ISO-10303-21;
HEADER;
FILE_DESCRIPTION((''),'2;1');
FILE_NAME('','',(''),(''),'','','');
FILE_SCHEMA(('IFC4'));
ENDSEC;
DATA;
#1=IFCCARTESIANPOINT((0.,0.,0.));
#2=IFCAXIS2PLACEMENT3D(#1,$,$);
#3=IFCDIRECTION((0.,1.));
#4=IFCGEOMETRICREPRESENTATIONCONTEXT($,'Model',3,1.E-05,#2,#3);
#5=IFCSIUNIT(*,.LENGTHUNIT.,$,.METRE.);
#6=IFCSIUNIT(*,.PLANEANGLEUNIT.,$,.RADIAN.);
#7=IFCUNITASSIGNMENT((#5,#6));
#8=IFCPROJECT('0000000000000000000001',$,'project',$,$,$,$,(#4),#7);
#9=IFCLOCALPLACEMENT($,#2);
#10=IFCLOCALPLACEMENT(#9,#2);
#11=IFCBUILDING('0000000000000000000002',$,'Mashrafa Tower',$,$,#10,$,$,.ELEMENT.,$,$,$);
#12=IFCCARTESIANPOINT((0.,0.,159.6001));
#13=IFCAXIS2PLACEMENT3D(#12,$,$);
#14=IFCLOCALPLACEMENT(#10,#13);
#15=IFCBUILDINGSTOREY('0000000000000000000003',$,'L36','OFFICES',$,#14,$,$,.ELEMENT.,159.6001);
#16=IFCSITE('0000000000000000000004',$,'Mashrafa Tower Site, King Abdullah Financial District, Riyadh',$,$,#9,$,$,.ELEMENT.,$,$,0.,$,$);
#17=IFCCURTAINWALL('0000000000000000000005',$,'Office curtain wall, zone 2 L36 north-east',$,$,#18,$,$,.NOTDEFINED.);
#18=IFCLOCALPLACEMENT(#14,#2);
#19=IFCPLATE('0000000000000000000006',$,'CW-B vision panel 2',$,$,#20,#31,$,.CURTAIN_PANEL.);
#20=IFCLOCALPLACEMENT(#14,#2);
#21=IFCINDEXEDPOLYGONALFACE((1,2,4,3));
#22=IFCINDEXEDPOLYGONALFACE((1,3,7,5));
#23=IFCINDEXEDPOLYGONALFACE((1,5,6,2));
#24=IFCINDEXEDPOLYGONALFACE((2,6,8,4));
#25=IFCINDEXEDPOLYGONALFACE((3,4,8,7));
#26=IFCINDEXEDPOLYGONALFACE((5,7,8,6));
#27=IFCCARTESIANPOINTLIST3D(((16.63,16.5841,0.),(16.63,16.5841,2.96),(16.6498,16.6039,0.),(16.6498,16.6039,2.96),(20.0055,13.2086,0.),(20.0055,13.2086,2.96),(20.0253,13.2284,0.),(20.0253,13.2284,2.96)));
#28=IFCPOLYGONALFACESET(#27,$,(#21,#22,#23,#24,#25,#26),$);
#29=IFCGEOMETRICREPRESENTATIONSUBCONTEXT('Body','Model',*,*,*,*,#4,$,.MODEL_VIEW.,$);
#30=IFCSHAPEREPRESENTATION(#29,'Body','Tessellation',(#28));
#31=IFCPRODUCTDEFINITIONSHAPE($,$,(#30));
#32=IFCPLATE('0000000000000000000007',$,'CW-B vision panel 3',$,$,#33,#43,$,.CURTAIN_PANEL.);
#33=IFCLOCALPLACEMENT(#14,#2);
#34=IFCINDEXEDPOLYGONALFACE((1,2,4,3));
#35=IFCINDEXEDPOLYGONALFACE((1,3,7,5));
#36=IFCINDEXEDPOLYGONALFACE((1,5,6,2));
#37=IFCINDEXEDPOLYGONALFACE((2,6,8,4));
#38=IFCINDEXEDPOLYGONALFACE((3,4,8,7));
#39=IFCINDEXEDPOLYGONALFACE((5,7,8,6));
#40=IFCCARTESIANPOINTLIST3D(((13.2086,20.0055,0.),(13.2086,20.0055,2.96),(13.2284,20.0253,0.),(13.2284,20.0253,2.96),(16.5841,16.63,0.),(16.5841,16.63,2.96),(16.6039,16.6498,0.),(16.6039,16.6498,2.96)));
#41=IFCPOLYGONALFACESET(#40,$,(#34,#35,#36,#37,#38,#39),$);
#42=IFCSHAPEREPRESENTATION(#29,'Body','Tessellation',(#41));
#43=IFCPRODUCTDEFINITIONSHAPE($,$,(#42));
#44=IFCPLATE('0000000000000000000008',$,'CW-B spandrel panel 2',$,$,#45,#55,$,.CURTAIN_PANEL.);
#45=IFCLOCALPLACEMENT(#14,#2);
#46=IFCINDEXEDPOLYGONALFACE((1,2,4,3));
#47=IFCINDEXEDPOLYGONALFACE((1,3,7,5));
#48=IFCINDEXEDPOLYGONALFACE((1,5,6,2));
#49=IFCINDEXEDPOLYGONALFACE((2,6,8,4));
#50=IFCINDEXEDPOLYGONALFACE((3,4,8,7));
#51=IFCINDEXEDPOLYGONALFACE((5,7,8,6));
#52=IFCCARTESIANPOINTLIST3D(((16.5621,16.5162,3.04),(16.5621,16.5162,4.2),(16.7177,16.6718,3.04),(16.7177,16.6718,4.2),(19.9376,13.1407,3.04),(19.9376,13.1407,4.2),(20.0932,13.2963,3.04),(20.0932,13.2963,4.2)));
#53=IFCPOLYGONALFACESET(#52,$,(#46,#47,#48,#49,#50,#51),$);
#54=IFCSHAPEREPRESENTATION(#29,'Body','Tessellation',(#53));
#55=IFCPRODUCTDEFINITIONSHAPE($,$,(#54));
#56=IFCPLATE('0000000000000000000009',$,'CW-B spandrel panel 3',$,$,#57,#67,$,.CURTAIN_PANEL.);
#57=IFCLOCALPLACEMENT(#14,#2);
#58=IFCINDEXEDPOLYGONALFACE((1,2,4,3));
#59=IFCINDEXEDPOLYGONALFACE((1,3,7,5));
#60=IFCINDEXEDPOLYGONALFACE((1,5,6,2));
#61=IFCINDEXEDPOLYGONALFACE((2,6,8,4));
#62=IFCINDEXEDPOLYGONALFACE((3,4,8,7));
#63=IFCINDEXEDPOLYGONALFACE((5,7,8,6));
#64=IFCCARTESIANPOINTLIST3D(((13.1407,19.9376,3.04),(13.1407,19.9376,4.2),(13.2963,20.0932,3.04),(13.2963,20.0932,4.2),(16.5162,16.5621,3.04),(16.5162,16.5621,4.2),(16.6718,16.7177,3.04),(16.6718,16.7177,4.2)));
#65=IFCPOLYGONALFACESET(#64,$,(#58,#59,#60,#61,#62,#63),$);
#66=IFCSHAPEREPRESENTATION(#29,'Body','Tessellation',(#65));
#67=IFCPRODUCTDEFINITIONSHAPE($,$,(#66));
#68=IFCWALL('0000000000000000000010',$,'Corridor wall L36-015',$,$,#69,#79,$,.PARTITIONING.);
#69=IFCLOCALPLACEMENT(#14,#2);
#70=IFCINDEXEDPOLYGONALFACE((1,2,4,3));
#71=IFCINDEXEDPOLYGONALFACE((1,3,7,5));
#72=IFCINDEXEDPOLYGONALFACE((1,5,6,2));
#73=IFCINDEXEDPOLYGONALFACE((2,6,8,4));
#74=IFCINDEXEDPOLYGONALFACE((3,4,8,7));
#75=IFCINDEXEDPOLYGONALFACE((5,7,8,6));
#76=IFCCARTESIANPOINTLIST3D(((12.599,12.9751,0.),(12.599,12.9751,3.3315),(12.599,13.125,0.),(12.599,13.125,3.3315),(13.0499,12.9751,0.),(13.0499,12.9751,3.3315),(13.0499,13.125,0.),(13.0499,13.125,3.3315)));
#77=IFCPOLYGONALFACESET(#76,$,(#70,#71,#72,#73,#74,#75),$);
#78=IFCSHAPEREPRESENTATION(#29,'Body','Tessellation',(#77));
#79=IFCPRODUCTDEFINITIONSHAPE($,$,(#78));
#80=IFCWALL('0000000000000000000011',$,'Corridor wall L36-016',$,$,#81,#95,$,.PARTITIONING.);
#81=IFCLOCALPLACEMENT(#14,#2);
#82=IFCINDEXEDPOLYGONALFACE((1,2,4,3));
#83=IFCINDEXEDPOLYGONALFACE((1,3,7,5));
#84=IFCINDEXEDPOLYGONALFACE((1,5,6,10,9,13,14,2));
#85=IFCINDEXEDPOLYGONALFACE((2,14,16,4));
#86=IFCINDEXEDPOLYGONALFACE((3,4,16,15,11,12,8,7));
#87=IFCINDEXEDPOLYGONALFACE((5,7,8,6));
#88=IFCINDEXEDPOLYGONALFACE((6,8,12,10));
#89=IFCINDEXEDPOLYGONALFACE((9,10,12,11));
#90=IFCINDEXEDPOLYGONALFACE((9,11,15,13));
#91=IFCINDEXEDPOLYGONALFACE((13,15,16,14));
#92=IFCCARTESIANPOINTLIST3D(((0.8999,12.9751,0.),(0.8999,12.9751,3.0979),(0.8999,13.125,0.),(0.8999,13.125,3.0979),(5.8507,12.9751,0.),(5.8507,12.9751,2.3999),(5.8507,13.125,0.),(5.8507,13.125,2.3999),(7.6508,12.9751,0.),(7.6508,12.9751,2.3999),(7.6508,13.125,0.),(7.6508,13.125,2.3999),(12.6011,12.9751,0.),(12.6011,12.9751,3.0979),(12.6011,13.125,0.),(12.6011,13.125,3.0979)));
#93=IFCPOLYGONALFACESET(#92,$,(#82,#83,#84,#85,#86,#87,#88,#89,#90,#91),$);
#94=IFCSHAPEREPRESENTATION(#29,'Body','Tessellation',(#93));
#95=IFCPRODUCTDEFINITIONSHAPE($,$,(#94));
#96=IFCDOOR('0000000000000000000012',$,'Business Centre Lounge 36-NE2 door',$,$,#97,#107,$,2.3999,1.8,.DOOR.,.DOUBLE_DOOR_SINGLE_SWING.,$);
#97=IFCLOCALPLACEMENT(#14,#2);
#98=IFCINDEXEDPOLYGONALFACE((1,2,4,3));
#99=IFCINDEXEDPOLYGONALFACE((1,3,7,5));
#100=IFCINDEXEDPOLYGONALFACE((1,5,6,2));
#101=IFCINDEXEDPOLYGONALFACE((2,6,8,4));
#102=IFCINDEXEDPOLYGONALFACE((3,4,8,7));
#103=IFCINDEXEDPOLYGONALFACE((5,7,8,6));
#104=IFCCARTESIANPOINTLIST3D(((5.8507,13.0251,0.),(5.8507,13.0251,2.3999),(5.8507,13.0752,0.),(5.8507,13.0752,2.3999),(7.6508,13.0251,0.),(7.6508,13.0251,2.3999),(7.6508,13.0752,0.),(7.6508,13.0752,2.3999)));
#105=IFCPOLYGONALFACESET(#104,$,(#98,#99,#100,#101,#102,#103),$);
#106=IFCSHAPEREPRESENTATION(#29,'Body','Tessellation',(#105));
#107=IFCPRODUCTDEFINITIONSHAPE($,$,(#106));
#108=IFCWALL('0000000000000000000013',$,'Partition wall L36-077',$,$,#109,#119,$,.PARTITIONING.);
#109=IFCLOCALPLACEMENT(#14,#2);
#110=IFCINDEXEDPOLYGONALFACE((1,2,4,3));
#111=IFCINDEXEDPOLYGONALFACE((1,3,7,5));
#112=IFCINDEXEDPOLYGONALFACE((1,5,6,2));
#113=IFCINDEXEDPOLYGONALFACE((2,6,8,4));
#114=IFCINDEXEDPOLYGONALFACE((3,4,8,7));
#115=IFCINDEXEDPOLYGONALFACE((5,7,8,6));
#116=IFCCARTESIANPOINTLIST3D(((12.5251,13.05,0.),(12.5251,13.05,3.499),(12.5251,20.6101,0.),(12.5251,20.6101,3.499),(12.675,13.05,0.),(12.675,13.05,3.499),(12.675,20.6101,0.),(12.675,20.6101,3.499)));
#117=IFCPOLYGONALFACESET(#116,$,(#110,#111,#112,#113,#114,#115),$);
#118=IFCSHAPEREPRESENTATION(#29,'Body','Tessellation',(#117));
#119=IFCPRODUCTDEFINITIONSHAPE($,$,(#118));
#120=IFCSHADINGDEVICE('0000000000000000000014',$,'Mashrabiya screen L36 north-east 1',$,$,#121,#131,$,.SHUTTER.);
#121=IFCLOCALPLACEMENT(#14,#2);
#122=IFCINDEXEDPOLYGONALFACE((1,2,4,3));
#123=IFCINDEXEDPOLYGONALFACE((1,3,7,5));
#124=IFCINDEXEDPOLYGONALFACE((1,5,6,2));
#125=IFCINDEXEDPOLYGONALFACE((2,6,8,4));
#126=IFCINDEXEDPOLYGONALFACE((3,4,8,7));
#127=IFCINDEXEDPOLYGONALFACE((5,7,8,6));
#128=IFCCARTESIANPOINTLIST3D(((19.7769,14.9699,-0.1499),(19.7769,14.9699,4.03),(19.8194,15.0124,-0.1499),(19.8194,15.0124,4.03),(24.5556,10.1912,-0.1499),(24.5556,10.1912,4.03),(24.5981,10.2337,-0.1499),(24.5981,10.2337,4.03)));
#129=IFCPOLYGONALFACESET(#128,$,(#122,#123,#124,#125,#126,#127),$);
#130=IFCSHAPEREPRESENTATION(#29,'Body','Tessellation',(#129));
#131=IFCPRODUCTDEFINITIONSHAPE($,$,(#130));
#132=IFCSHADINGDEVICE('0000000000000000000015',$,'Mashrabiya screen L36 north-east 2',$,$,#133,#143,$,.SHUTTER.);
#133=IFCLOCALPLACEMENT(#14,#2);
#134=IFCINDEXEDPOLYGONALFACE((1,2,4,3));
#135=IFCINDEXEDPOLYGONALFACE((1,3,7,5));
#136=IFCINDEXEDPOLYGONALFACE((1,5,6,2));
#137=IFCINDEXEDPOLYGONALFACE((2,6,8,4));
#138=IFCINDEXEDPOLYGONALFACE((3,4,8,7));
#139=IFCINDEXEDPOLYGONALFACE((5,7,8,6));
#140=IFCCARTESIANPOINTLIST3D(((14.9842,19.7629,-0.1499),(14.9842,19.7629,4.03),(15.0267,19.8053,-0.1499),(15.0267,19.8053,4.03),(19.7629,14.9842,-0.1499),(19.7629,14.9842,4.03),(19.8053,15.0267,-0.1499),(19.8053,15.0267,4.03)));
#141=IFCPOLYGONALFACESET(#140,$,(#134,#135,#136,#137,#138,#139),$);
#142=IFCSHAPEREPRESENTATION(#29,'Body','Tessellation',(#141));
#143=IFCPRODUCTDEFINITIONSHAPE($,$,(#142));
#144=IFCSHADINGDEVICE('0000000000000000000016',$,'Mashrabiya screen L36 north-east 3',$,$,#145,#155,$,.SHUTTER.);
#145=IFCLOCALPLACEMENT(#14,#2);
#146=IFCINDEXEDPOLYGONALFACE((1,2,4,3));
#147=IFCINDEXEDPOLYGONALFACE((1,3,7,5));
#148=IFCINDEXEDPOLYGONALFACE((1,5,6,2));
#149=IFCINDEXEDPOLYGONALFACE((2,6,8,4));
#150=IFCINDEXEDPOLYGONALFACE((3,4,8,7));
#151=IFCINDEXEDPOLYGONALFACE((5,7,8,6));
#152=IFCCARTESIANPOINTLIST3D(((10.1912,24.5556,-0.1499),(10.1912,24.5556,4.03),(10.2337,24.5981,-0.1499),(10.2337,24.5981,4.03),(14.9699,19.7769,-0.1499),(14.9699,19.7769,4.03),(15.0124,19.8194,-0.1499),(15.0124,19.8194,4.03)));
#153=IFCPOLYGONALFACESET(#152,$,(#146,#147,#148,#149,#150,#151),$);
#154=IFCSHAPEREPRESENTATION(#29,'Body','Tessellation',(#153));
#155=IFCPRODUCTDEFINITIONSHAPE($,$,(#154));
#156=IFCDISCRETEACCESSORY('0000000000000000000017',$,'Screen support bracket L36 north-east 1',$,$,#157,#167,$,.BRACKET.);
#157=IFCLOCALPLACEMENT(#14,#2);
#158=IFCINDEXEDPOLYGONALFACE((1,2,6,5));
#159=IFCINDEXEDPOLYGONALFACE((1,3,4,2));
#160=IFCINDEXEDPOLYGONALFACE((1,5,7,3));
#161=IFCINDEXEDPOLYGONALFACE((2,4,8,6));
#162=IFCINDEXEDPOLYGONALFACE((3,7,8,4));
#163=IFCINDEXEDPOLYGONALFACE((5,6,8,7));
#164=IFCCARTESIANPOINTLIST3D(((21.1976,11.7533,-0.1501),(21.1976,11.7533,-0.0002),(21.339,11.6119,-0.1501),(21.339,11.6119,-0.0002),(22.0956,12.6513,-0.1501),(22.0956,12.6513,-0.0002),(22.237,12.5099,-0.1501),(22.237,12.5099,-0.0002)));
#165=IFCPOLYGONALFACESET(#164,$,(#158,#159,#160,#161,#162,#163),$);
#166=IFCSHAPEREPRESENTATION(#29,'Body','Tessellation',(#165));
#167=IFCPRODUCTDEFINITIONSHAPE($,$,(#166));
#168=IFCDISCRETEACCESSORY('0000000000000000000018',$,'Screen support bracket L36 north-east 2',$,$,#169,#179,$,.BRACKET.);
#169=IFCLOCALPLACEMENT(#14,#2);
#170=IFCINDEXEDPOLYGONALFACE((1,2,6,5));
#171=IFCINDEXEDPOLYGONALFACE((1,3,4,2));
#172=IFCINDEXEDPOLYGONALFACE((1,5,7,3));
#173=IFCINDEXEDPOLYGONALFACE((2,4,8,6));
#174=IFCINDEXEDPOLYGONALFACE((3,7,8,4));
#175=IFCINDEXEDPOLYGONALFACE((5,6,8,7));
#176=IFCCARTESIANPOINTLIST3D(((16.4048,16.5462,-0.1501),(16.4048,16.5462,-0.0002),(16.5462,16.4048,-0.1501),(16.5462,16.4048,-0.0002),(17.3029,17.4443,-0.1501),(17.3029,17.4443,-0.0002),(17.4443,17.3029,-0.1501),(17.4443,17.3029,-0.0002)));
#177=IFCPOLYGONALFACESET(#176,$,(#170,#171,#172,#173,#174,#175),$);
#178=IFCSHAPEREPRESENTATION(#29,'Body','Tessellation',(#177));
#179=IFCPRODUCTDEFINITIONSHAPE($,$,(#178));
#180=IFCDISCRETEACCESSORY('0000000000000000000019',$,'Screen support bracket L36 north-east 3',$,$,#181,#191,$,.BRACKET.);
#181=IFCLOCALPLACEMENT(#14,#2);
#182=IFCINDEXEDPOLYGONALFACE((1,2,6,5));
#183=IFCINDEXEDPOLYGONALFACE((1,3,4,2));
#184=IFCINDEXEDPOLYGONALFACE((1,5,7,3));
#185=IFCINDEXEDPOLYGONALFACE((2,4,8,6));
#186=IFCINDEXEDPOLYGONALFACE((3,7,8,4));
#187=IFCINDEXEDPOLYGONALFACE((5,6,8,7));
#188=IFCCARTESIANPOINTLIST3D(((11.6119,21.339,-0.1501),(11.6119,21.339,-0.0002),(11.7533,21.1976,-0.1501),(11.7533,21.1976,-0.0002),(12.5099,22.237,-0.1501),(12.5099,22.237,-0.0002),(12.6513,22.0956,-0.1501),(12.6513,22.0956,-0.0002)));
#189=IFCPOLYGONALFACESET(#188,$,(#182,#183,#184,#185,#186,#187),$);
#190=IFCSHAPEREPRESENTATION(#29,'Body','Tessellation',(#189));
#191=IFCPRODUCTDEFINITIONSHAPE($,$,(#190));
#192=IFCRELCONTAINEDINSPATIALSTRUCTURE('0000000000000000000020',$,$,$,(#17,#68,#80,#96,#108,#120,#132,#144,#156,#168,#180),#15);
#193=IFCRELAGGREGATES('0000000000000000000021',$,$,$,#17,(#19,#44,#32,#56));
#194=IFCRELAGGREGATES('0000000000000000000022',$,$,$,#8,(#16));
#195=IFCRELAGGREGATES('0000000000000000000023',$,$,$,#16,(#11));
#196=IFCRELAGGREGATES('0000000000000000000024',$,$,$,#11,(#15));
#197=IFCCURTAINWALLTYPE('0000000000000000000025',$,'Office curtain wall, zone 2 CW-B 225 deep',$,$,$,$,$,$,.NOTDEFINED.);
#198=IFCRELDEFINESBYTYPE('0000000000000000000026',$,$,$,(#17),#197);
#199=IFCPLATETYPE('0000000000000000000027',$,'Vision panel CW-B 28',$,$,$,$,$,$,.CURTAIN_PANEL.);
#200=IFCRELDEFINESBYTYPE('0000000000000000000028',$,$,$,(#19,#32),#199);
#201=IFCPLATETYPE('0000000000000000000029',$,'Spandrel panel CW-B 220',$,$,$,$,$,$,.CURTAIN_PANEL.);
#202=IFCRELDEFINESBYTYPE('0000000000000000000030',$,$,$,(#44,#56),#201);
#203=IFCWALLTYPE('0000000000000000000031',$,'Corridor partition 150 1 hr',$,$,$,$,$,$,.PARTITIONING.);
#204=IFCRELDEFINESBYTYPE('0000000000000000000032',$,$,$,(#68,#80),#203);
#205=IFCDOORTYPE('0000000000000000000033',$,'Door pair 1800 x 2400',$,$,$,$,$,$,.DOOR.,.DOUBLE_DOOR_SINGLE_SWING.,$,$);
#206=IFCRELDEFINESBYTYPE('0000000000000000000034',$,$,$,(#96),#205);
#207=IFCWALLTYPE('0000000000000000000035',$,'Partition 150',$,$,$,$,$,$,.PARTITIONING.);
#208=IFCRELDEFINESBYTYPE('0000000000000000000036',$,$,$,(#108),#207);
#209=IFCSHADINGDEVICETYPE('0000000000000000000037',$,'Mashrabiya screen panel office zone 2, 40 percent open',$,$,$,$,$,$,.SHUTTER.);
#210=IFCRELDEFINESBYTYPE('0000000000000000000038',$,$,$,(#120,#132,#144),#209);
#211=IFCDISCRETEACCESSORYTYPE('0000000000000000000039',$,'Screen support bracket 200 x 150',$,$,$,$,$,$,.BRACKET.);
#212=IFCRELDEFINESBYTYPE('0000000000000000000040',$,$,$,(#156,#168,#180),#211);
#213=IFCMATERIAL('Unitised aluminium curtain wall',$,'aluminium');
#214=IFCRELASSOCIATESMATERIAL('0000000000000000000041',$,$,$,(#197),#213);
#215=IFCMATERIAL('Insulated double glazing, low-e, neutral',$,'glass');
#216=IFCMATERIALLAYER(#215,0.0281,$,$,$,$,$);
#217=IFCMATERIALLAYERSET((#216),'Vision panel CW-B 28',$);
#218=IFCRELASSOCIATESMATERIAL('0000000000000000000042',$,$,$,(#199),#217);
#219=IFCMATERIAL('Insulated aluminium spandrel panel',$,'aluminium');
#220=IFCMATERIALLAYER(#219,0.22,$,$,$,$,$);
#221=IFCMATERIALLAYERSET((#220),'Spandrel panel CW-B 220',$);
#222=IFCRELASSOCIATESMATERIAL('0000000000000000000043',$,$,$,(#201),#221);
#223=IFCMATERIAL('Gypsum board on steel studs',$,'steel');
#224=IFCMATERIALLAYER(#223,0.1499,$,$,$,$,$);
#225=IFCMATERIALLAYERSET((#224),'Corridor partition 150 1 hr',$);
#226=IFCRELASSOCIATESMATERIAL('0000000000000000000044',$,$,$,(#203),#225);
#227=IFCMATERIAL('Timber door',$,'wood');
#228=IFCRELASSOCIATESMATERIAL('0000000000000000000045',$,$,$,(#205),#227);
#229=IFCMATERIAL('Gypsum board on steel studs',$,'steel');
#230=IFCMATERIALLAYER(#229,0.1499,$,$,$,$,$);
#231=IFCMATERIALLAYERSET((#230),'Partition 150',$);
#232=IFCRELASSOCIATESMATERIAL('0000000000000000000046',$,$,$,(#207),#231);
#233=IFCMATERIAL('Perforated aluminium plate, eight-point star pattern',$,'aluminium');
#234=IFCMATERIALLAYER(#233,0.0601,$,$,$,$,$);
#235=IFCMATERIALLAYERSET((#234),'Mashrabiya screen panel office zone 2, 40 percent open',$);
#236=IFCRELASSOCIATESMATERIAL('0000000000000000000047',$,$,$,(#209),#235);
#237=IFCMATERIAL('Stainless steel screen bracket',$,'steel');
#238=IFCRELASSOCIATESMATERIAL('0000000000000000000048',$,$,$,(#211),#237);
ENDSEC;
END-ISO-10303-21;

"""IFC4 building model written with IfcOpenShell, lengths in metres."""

from ifc_helpers import new_model, si_unit, direction, frame, frame_2d, origin, origin_2d, place, context, subcontext, project, spatial, rectangle, extrude, source, transform, mapped, material, layer, layer_set, type_object, type_shapes, element, fill, aggregate, save


model = new_model("IFC4")

# Units and contexts
model_context = context("Model", 3, precision=1e-05, world=origin(), true_north=direction((0.0, 1.0)))
body_context = subcontext(model_context, "Body", "Model", "MODEL_VIEW")
ifc_project = project(units=[si_unit("LENGTHUNIT", "METRE"), si_unit("PLANEANGLEUNIT", "RADIAN")], contexts=[model_context])

# Site, building, storey
site_placement = place(None, origin())
site = spatial("IfcSite", under=ifc_project, at=site_placement, Name="Mashrafa Tower Site, King Abdullah Financial District, Riyadh", CompositionType="ELEMENT", RefElevation=0.0)
building_placement = place(site_placement, origin())
building = spatial("IfcBuilding", under=site, at=building_placement, Name="Mashrafa Tower", CompositionType="ELEMENT")
storey_placement = place(building_placement, frame((0.0, 0.0, 159.6001)))
storey = spatial("IfcBuildingStorey", under=building, at=storey_placement, Name="L36", Description="OFFICES", CompositionType="ELEMENT", Elevation=159.6001)

# Curtain wall, plates
ifc_material_1 = material(Name="Unitised aluminium curtain wall", Category="aluminium")
curtain_wall_type = type_object("IfcCurtainWallType", Name="Office curtain wall, zone 2 CW-B 225 deep", PredefinedType="NOTDEFINED", material=ifc_material_1)
curtain_wall_placement = place(storey_placement, origin())
curtain_wall = element("IfcCurtainWall", 1, at=curtain_wall_placement, inside=storey, type_object=curtain_wall_type, Name="Office curtain wall, zone 2 L36 north-east", PredefinedType="NOTDEFINED")
ifc_material_2 = material(Name="Insulated double glazing, low-e, neutral", Category="glass")
ifc_layer_1 = layer(ifc_material_2, 0.0281)
ifc_layer_set_1 = layer_set([ifc_layer_1], Name="Vision panel CW-B 28")
plate_type_1 = type_object("IfcPlateType", Name="Vision panel CW-B 28", PredefinedType="CURTAIN_PANEL", material=ifc_layer_set_1)
ifc_material_3 = material(Name="Insulated aluminium spandrel panel", Category="aluminium")
ifc_layer_2 = layer(ifc_material_3, 0.22)
ifc_layer_set_2 = layer_set([ifc_layer_2], Name="Spandrel panel CW-B 220")
plate_type_2 = type_object("IfcPlateType", Name="Spandrel panel CW-B 220", PredefinedType="CURTAIN_PANEL", material=ifc_layer_set_2)
shared_shape_1 = source(origin(), body_context, "Body", "SweptSolid", [
    extrude(rectangle(XDim=4.7737, YDim=0.0281, at=origin_2d()), origin(), (0.0, 0.0, 1.0), 2.96),
])
plate_1_placement = place(storey_placement, frame((18.3276, 14.9062, 0.0), z_axis=(0.0, 0.0, 1.0), x_axis=(-0.707107, 0.707107, 0.0)))
plate_1 = element("IfcPlate", 2, at=plate_1_placement, type_object=plate_type_1, Name="CW-B vision panel 2", PredefinedType="CURTAIN_PANEL", context=body_context, shape_type="MappedRepresentation", body=[
    mapped(shared_shape_1, transform((0.0, 0.0, 0.0))),
])
plate_2_placement = place(storey_placement, frame((14.9062, 18.3276, 0.0), z_axis=(0.0, 0.0, 1.0), x_axis=(-0.707107, 0.707107, 0.0)))
plate_2 = element("IfcPlate", 3, at=plate_2_placement, type_object=plate_type_1, Name="CW-B vision panel 3", PredefinedType="CURTAIN_PANEL", context=body_context, shape_type="MappedRepresentation", body=[
    mapped(shared_shape_1, transform((0.0, 0.0, 0.0))),
])
shared_shape_2 = source(origin(), body_context, "Body", "SweptSolid", [
    extrude(rectangle(XDim=4.7737, YDim=0.22, at=origin_2d()), origin(), (0.0, 0.0, 1.0), 1.1599),
])
plate_3_placement = place(storey_placement, frame((18.3276, 14.9062, 3.04), z_axis=(0.0, 0.0, 1.0), x_axis=(-0.707107, 0.707107, 0.0)))
plate_3 = element("IfcPlate", 4, at=plate_3_placement, type_object=plate_type_2, Name="CW-B spandrel panel 2", PredefinedType="CURTAIN_PANEL", context=body_context, shape_type="MappedRepresentation", body=[
    mapped(shared_shape_2, transform((0.0, 0.0, 0.0))),
])
plate_4_placement = place(storey_placement, frame((14.9062, 18.3276, 3.04), z_axis=(0.0, 0.0, 1.0), x_axis=(-0.707107, 0.707107, 0.0)))
plate_4 = element("IfcPlate", 5, at=plate_4_placement, type_object=plate_type_2, Name="CW-B spandrel panel 3", PredefinedType="CURTAIN_PANEL", context=body_context, shape_type="MappedRepresentation", body=[
    mapped(shared_shape_2, transform((0.0, 0.0, 0.0))),
])
aggregate(curtain_wall, [plate_1, plate_3, plate_2, plate_4])

# Wall
ifc_material_4 = material(Name="Gypsum board on steel studs", Category="steel")
ifc_layer_3 = layer(ifc_material_4, 0.1499)
ifc_layer_set_3 = layer_set([ifc_layer_3], Name="Corridor partition 150 1 hr")
wall_type_1 = type_object("IfcWallType", Name="Corridor partition 150 1 hr", PredefinedType="PARTITIONING", material=ifc_layer_set_3)
wall_1_placement = place(storey_placement, frame((13.05, 13.05, 0.0), z_axis=(0.0, 0.0, 1.0), x_axis=(-1.0, 0.0, 0.0)))
element("IfcWall", 6, at=wall_1_placement, inside=storey, type_object=wall_type_1, Name="Corridor wall L36-015", PredefinedType="PARTITIONING", context=body_context, shape_type="SweptSolid", body=[
    extrude(rectangle(XDim=0.4509, YDim=0.1499, at=frame_2d((0.2256, 0.0))), origin(), (0.0, 0.0, 1.0), 3.3315),
])

# Wall, opening, door
wall_2_placement = place(storey_placement, frame((12.6011, 13.05, 0.0), z_axis=(0.0, 0.0, 1.0), x_axis=(-1.0, 0.0, 0.0)))
wall_2 = element("IfcWall", 7, at=wall_2_placement, inside=storey, type_object=wall_type_1, Name="Corridor wall L36-016", PredefinedType="PARTITIONING", context=body_context, shape_type="SweptSolid", body=[
    extrude(rectangle(XDim=11.7012, YDim=0.1499, at=frame_2d((5.8506, 0.0))), origin(), (0.0, 0.0, 1.0), 3.0979),
])
opening_placement = place(wall_2_placement, frame((4.9504, 0.0, 0.0)))
opening = element("IfcOpeningElement", 8, at=opening_placement, cuts=wall_2, PredefinedType="OPENING", context=body_context, shape_type="SweptSolid", body=[
    extrude(rectangle(XDim=1.8, YDim=2.3999, at=frame_2d((0.8999, 1.2))), frame((0.0, 0.085, 0.0), z_axis=(0.0, -1.0, 0.0), x_axis=(1.0, 0.0, 0.0)), (0.0, 0.0, 1.0), 0.1699),
])
ifc_material_5 = material(Name="Timber door", Category="wood")
door_type = type_object("IfcDoorType", Name="Door pair 1800 x 2400", OperationType="DOUBLE_DOOR_SINGLE_SWING", PredefinedType="DOOR", material=ifc_material_5)
door_placement = place(opening_placement, origin())
door = element("IfcDoor", 9, at=door_placement, inside=storey, type_object=door_type, Name="Business Centre Lounge 36-NE2 door", OperationType="DOUBLE_DOOR_SINGLE_SWING", OverallHeight=2.3999, OverallWidth=1.8, PredefinedType="DOOR", context=body_context, shape_type="SweptSolid", body=[
    extrude(rectangle(XDim=1.8, YDim=2.3999, at=frame_2d((0.8999, 1.2))), frame((0.0, 0.0249, 0.0), z_axis=(0.0, -1.0, 0.0), x_axis=(1.0, 0.0, 0.0)), (0.0, 0.0, 1.0), 0.05),
])
fill(opening, door)

# Wall
ifc_material_6 = material(Name="Gypsum board on steel studs", Category="steel")
ifc_layer_4 = layer(ifc_material_6, 0.1499)
ifc_layer_set_4 = layer_set([ifc_layer_4], Name="Partition 150")
wall_type_2 = type_object("IfcWallType", Name="Partition 150", PredefinedType="PARTITIONING", material=ifc_layer_set_4)
wall_3_placement = place(storey_placement, frame((12.6001, 20.6101, 0.0), z_axis=(0.0, 0.0, 1.0), x_axis=(0.0, -1.0, 0.0)))
element("IfcWall", 10, at=wall_3_placement, inside=storey, type_object=wall_type_2, Name="Partition wall L36-077", PredefinedType="PARTITIONING", context=body_context, shape_type="SweptSolid", body=[
    extrude(rectangle(XDim=7.5601, YDim=0.1499, at=frame_2d((3.78, 0.0))), origin(), (0.0, 0.0, 1.0), 3.499),
])

# Shading devices
ifc_material_7 = material(Name="Perforated aluminium plate, eight-point star pattern", Category="aluminium")
ifc_layer_5 = layer(ifc_material_7, 0.0601)
ifc_layer_set_5 = layer_set([ifc_layer_5], Name="Mashrabiya screen panel office zone 2, 40 percent open")
shading_device_type = type_object("IfcShadingDeviceType", Name="Mashrabiya screen panel office zone 2, 40 percent open", PredefinedType="SHUTTER", material=ifc_layer_set_5)
shared_shape_3 = source(origin(), body_context, "Body", "SweptSolid", [
    extrude(rectangle(XDim=6.7581, YDim=0.0601, at=origin_2d()), origin(), (0.0, 0.0, 1.0), 4.1799),
])
type_shapes(shading_device_type, [shared_shape_3])
for number, where, z_axis, x_axis, name in (
    (11, (22.1875, 12.6018, -0.1499), (0.0, 0.0, 1.0), (-0.707107, 0.707107, 0.0), "Mashrabiya screen L36 north-east 1"),
    (12, (17.3948, 17.3948, -0.1499), (0.0, 0.0, 1.0), (-0.707107, 0.707107, 0.0), "Mashrabiya screen L36 north-east 2"),
    (13, (12.6018, 22.1875, -0.1499), (0.0, 0.0, 1.0), (-0.707107, 0.707107, 0.0), "Mashrabiya screen L36 north-east 3"),
):
    element("IfcShadingDevice", number, at=place(storey_placement, frame(where, z_axis=z_axis, x_axis=x_axis)), inside=storey, type_object=shading_device_type, Name=name, PredefinedType="SHUTTER", context=body_context, shape_type="MappedRepresentation", body=[
        mapped(shared_shape_3, transform((0.0, 0.0, 0.0))),
    ])

# Discrete accessories
ifc_material_8 = material(Name="Stainless steel screen bracket", Category="steel")
discrete_accessory_type = type_object("IfcDiscreteAccessoryType", Name="Screen support bracket 200 x 150", PredefinedType="BRACKET", material=ifc_material_8)
shared_shape_4 = source(origin(), body_context, "Body", "SweptSolid", [
    extrude(rectangle(XDim=0.2, YDim=1.27, at=origin_2d()), origin(), (0.0, 0.0, 1.0), 0.1499),
])
type_shapes(discrete_accessory_type, [shared_shape_4])
for number, where, z_axis, x_axis, name in (
    (14, (21.7173, 12.1316, -0.1501), (0.0, 0.0, 1.0), (-0.707107, 0.707107, 0.0), "Screen support bracket L36 north-east 1"),
    (15, (16.9246, 16.9246, -0.1501), (0.0, 0.0, 1.0), (-0.707107, 0.707107, 0.0), "Screen support bracket L36 north-east 2"),
    (16, (12.1316, 21.7173, -0.1501), (0.0, 0.0, 1.0), (-0.707107, 0.707107, 0.0), "Screen support bracket L36 north-east 3"),
):
    element("IfcDiscreteAccessory", number, at=place(storey_placement, frame(where, z_axis=z_axis, x_axis=x_axis)), inside=storey, type_object=discrete_accessory_type, Name=name, PredefinedType="BRACKET", context=body_context, shape_type="MappedRepresentation", body=[
        mapped(shared_shape_4, transform((0.0, 0.0, 0.0))),
    ])

save(model, "model.ifc")
